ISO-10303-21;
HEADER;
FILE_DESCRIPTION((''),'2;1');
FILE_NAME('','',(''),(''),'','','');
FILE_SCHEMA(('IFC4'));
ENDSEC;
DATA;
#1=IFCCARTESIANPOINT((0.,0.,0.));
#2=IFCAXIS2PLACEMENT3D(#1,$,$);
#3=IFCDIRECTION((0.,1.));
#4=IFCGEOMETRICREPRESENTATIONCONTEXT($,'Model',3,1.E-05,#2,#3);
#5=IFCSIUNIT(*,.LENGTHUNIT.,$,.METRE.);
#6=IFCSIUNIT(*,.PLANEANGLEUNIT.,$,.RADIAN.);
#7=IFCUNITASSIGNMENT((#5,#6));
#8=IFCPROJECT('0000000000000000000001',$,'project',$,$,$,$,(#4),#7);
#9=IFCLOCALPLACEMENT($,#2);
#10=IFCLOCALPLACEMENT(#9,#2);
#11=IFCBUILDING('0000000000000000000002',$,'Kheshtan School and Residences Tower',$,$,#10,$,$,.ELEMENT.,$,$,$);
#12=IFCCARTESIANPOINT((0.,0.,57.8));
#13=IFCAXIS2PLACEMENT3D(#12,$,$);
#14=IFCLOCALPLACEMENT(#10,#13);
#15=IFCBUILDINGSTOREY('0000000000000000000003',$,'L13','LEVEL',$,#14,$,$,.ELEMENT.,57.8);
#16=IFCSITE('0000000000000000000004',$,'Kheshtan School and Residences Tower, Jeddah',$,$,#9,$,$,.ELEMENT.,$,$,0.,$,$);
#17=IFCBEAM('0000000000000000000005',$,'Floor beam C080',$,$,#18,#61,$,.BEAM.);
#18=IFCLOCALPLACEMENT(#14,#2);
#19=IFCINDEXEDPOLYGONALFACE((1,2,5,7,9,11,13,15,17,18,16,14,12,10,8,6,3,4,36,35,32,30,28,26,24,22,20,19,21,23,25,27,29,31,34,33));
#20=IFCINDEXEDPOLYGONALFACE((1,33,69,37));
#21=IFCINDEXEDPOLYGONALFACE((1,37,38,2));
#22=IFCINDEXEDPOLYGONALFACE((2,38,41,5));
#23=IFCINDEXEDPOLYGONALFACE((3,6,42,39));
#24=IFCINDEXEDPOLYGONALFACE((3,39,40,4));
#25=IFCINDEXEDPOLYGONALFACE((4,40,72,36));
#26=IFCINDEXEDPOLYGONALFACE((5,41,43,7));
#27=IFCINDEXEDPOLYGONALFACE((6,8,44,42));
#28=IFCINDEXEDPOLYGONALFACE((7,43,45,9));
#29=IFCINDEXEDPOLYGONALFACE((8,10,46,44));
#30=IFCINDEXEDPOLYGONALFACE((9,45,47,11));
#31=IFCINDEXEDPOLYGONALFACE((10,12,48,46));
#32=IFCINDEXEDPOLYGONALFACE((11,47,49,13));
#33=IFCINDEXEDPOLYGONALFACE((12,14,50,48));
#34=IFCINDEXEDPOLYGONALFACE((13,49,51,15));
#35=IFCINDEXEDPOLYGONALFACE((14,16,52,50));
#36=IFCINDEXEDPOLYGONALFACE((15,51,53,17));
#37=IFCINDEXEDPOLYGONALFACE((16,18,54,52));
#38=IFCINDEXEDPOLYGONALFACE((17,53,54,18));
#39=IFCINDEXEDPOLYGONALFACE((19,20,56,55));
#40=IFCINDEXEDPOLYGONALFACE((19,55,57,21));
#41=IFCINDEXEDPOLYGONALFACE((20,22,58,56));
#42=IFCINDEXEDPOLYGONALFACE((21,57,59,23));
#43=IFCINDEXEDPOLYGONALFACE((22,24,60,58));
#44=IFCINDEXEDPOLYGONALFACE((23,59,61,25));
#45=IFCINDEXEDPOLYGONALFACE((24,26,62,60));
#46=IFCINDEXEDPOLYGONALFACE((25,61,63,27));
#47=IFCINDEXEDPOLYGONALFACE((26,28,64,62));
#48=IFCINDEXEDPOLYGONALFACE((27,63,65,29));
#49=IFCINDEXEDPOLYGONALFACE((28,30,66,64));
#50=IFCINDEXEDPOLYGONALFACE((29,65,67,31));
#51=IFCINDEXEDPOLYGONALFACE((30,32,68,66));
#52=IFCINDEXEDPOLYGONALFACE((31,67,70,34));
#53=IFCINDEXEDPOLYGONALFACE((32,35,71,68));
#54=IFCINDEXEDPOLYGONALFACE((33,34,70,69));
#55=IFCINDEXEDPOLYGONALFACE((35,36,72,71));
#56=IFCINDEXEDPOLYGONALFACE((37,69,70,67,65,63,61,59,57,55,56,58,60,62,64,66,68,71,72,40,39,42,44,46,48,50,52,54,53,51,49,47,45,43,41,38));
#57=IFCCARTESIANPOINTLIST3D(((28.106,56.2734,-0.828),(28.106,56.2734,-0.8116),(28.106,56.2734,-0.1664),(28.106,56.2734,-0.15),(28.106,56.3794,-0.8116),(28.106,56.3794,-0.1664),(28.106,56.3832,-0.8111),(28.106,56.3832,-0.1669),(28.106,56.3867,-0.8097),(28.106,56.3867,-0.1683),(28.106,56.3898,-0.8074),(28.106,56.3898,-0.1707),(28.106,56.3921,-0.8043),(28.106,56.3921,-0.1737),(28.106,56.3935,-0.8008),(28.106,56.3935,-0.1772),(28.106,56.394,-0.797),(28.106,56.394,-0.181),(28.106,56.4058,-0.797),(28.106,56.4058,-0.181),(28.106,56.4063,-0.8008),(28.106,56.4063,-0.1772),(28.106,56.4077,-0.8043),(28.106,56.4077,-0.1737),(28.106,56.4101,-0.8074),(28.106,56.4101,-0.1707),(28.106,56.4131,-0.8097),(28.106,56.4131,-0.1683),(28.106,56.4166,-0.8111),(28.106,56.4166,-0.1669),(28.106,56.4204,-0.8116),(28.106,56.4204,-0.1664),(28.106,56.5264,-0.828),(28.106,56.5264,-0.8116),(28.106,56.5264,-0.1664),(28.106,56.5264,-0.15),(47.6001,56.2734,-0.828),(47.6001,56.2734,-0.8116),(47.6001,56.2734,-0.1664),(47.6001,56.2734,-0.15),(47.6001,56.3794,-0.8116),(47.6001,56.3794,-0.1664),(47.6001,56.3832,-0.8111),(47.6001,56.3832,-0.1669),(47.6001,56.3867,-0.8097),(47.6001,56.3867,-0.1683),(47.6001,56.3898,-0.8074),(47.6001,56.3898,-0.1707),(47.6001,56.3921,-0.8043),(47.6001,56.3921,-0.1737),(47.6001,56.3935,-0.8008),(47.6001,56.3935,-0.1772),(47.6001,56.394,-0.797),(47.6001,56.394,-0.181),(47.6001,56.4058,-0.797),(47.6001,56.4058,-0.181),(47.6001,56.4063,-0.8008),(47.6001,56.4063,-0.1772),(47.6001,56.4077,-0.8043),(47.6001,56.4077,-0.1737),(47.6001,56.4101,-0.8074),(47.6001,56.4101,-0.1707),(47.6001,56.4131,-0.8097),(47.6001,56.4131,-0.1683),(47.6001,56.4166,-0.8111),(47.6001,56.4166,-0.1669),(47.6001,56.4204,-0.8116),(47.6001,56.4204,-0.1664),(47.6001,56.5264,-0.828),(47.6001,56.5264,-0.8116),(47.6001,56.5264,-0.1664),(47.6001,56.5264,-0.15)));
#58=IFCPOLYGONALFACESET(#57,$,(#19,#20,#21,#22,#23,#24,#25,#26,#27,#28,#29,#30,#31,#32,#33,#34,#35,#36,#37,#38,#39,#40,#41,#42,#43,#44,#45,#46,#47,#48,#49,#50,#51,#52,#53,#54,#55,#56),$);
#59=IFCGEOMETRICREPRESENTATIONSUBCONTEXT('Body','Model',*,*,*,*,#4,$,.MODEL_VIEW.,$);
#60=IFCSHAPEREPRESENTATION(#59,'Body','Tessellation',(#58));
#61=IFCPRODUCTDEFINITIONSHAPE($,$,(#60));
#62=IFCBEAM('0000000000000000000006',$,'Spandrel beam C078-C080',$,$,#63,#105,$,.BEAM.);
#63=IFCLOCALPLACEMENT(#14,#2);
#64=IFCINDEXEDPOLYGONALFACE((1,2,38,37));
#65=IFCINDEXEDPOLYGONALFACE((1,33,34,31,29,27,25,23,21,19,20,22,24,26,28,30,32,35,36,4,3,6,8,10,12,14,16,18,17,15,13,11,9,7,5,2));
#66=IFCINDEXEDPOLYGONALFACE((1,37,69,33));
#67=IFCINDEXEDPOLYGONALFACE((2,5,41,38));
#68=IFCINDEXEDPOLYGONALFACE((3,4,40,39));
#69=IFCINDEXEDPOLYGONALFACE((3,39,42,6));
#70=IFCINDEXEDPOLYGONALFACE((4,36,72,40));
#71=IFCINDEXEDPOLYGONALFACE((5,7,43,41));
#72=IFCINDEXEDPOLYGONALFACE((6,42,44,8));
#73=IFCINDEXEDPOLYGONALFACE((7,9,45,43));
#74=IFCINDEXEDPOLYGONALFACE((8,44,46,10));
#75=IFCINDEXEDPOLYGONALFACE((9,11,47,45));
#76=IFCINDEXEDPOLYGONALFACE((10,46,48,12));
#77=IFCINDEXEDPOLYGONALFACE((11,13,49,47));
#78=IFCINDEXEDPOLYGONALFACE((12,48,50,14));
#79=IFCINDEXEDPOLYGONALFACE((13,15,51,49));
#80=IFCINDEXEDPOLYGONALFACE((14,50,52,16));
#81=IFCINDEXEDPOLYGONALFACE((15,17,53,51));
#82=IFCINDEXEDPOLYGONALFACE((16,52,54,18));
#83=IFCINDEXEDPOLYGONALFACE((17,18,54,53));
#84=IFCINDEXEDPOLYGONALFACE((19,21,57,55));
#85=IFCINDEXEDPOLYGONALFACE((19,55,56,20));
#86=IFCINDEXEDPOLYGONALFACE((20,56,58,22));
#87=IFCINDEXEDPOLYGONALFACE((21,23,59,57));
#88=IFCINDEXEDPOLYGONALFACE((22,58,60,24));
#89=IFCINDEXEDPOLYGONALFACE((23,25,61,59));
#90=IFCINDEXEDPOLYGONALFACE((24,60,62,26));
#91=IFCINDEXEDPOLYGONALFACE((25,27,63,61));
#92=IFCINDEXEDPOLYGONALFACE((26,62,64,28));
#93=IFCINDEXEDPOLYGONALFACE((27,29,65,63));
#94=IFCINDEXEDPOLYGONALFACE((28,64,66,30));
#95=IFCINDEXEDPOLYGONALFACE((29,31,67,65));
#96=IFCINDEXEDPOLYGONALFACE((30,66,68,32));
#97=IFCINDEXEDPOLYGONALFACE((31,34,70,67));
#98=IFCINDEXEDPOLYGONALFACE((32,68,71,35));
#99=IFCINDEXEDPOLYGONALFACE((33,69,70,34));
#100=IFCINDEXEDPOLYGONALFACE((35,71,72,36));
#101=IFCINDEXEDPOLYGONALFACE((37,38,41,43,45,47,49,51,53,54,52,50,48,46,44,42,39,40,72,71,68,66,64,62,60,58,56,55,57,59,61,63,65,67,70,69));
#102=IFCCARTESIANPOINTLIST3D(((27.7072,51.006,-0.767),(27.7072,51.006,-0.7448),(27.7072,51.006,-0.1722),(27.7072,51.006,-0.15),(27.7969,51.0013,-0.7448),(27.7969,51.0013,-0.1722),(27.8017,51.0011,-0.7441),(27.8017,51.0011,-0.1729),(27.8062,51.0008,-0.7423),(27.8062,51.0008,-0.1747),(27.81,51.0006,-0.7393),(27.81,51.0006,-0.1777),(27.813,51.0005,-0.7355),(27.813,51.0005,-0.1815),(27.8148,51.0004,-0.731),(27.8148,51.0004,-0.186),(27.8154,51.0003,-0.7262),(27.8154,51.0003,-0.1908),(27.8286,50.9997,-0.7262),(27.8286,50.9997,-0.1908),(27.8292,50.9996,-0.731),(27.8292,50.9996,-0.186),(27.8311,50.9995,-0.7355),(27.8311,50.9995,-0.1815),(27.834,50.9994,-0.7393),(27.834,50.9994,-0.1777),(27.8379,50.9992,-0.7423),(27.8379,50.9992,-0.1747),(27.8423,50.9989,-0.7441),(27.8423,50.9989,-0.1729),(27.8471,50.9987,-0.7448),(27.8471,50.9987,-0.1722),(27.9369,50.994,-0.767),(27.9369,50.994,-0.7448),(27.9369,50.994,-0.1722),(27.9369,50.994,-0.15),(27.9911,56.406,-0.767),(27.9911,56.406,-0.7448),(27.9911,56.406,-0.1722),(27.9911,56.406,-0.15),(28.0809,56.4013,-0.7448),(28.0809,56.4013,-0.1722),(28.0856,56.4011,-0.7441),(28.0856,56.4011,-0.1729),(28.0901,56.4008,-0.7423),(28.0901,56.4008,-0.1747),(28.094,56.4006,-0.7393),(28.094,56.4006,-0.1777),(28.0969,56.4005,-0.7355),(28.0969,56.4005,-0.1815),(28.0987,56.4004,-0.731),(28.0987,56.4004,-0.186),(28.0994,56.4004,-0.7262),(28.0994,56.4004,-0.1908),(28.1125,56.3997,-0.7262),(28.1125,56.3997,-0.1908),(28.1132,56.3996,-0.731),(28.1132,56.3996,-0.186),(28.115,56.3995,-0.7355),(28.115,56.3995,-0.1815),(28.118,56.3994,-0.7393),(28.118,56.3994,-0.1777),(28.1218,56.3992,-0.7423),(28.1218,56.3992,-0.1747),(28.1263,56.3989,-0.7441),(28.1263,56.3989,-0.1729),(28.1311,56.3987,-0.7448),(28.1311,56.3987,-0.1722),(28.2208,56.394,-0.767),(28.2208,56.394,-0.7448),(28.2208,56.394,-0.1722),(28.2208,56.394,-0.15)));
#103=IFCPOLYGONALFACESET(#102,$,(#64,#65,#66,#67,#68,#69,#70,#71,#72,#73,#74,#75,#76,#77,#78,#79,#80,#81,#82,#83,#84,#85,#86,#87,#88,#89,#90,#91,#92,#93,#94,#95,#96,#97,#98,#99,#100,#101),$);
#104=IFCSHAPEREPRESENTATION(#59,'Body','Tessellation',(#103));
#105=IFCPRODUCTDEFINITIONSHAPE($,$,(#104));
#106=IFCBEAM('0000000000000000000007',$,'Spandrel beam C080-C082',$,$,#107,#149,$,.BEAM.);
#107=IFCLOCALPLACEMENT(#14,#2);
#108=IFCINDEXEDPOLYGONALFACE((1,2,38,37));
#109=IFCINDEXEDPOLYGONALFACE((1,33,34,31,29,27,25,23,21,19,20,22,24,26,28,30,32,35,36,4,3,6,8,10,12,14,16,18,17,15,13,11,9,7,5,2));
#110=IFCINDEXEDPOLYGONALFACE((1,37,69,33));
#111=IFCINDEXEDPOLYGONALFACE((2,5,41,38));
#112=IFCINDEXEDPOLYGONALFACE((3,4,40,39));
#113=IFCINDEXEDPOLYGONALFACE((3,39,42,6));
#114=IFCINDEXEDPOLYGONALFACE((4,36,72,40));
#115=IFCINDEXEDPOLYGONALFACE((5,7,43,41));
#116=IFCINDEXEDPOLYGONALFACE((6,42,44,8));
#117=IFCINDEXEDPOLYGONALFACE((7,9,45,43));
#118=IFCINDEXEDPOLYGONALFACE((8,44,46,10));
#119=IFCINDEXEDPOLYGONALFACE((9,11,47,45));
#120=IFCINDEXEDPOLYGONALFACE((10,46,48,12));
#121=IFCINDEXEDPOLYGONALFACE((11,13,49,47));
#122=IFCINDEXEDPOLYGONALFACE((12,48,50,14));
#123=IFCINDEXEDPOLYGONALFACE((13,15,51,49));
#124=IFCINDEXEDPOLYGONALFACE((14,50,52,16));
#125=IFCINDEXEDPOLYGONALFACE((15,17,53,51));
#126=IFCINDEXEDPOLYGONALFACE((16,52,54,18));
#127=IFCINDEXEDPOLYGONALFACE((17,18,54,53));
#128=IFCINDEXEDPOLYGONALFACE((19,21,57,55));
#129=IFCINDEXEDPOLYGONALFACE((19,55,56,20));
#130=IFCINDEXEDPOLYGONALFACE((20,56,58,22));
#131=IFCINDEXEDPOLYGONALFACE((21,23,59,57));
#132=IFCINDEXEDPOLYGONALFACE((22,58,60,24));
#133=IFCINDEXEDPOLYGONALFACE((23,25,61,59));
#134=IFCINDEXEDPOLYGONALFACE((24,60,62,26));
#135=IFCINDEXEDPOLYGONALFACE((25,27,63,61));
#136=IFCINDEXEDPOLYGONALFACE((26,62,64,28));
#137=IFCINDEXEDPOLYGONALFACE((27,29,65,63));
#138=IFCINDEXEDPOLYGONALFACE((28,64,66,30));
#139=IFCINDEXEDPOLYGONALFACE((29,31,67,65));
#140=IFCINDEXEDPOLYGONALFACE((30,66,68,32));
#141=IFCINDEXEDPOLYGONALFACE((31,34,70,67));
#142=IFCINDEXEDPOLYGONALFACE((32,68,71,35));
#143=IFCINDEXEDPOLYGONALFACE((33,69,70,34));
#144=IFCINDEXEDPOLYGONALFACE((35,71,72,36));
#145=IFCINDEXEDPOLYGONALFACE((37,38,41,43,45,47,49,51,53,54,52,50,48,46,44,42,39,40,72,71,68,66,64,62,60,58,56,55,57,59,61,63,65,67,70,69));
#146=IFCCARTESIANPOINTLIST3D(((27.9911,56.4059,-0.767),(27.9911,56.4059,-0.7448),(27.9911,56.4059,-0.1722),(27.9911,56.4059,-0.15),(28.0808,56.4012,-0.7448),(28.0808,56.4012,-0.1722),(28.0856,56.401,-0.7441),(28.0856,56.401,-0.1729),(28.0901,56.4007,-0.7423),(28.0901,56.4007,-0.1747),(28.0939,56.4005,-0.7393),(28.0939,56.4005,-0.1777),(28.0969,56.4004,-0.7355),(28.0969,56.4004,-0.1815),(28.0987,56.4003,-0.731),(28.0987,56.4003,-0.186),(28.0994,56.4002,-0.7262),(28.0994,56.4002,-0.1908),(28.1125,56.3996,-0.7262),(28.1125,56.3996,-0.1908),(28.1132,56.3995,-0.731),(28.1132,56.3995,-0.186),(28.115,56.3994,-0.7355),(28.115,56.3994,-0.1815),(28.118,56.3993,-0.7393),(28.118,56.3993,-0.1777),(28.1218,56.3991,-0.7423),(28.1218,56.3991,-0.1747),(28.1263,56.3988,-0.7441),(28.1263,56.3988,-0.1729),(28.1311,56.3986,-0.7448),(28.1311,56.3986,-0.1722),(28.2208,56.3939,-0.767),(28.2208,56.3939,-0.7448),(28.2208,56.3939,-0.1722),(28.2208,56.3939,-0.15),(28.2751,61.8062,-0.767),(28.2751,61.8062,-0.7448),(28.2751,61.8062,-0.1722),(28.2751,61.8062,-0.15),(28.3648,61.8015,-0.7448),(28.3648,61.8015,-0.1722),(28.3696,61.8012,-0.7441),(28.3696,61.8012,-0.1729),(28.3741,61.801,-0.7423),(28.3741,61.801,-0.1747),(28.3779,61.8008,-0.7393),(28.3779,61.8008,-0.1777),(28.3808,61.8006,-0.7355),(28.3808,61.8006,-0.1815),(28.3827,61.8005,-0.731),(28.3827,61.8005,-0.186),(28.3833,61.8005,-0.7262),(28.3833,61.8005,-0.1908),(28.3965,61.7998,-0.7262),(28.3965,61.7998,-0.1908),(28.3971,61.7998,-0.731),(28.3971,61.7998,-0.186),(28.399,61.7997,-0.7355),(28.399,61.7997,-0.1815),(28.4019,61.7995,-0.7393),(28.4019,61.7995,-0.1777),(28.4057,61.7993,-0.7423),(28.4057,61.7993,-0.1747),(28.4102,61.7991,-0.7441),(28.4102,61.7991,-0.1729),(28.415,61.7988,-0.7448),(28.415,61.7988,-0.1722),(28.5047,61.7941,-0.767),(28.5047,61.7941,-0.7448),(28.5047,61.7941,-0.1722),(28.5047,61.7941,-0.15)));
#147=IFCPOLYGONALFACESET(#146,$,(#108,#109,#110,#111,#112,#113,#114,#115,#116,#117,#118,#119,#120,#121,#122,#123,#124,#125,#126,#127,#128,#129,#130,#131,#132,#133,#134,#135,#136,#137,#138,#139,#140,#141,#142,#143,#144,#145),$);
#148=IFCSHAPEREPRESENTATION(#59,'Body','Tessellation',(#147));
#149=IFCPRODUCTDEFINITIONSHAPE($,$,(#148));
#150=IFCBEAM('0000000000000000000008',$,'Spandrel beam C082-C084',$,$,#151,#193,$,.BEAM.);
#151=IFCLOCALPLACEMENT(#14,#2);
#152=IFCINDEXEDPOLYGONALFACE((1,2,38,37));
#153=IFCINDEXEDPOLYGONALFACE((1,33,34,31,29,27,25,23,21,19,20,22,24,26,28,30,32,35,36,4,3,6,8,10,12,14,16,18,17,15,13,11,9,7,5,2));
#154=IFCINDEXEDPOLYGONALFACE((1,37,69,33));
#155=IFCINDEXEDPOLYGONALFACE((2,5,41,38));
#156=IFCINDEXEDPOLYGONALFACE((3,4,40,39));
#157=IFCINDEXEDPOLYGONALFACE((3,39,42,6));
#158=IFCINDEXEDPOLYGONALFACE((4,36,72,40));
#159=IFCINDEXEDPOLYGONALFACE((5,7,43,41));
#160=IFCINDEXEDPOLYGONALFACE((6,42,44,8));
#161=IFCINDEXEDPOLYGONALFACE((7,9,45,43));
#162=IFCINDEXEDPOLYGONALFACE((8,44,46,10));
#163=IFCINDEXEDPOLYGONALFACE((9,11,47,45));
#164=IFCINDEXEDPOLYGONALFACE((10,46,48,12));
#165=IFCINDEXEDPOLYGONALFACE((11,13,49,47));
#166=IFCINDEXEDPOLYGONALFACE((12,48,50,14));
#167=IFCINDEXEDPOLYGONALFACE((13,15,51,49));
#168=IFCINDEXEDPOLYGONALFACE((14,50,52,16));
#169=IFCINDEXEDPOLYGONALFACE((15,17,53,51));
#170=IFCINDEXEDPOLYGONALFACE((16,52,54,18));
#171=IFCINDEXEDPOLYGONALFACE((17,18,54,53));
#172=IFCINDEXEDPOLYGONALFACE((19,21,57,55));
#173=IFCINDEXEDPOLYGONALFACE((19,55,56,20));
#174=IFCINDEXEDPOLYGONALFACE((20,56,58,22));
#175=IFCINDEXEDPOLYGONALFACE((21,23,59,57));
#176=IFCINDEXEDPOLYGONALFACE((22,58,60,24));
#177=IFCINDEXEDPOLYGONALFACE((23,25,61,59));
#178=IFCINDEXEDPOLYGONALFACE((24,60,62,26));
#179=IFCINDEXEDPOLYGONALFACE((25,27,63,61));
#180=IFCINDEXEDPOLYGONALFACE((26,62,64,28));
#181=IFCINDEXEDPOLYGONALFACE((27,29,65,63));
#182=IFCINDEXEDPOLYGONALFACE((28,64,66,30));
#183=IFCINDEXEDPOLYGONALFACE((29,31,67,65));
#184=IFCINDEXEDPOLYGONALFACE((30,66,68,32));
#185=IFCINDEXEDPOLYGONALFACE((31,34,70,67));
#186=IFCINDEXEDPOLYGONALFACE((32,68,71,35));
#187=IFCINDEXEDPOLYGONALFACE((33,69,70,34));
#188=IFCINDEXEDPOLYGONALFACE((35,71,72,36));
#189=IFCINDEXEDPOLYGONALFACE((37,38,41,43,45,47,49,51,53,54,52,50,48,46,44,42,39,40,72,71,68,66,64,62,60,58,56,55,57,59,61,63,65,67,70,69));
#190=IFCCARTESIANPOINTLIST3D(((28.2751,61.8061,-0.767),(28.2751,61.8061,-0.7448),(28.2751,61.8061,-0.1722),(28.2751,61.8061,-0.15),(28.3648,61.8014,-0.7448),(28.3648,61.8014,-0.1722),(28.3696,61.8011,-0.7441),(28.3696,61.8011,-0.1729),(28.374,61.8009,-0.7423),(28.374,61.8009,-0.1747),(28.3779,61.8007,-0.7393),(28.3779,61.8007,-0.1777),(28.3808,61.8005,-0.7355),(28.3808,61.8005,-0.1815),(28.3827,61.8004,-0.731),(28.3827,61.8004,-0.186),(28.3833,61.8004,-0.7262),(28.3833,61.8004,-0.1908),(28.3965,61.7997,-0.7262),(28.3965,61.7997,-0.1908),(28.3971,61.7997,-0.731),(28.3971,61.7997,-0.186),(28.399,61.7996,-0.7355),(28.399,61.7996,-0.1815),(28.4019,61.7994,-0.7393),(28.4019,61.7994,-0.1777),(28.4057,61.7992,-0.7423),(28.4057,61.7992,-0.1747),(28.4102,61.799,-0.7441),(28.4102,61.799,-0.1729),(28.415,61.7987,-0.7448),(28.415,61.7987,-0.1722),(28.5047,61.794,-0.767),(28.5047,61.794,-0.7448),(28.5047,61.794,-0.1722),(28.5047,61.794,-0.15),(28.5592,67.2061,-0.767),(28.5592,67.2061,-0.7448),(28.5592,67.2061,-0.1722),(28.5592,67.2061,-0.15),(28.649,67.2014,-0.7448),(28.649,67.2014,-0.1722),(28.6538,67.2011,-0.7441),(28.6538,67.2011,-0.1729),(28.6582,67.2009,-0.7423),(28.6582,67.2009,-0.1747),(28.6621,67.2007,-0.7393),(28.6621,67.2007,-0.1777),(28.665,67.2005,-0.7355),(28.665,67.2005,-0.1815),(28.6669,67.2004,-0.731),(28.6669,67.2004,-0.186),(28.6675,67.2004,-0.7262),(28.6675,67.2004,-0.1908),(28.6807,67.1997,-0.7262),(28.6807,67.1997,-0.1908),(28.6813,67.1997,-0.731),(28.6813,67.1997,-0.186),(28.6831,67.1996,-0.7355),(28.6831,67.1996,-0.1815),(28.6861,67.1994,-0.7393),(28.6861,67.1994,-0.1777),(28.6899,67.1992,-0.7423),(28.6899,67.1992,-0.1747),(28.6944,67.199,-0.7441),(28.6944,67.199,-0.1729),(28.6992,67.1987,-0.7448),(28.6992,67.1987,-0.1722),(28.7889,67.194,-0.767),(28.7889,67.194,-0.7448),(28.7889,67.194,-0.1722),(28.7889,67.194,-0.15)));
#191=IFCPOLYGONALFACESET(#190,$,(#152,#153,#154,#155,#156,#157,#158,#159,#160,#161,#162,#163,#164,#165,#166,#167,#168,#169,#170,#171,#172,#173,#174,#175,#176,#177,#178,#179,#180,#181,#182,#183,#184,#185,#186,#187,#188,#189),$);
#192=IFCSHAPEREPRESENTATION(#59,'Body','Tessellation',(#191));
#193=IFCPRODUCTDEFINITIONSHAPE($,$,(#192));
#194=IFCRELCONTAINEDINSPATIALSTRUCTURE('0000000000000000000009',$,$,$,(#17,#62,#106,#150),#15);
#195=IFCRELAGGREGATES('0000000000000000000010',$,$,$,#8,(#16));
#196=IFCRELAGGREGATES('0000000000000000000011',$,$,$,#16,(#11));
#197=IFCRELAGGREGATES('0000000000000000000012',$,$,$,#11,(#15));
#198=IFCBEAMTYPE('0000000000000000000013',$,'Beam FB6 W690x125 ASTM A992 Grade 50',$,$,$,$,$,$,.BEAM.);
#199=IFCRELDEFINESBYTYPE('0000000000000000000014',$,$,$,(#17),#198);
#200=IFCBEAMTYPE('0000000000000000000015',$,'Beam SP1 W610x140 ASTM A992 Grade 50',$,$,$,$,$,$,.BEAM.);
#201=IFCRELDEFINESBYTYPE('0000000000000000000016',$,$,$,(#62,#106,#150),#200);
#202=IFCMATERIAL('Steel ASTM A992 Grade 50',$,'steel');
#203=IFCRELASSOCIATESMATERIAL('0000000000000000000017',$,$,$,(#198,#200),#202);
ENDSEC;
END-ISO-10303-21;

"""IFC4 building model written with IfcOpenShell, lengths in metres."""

from ifc_helpers import new_model, si_unit, direction, frame, origin, origin_2d, place, context, subcontext, project, spatial, i_section, extrude, material, material_profile, profile_set, type_object, element, save


model = new_model("IFC4")

# Units and contexts
model_context = context("Model", 3, precision=1e-05, world=origin(), true_north=direction((0.0, 1.0)))
body_context = subcontext(model_context, "Body", "Model", "MODEL_VIEW")
ifc_project = project(units=[si_unit("LENGTHUNIT", "METRE"), si_unit("PLANEANGLEUNIT", "RADIAN")], contexts=[model_context])

# Site, building, storey
site_placement = place(None, origin())
site = spatial("IfcSite", under=ifc_project, at=site_placement, Name="Kheshtan School and Residences Tower, Jeddah", CompositionType="ELEMENT", RefElevation=0.0)
building_placement = place(site_placement, origin())
building = spatial("IfcBuilding", under=site, at=building_placement, Name="Kheshtan School and Residences Tower", CompositionType="ELEMENT")
storey_placement = place(building_placement, frame((0.0, 0.0, 57.8)))
storey = spatial("IfcBuildingStorey", under=building, at=storey_placement, Name="L13", Description="LEVEL", CompositionType="ELEMENT", Elevation=57.8)

# Shared definitions
ifc_material_1 = material(Name="Steel ASTM A992 Grade 50", Category="steel")

# Beams
ifc_material_profile_1 = material_profile(ifc_material_1, i_section(OverallWidth=0.2529, OverallDepth=0.678, WebThickness=0.0117, FlangeThickness=0.0164, FilletRadius=0.0146, at=origin_2d()), Name="W690x125")
ifc_profile_set_1 = profile_set([ifc_material_profile_1], Name="Steel ASTM A992 Grade 50")
beam_type_1 = type_object("IfcBeamType", Name="Beam FB6 W690x125 ASTM A992 Grade 50", PredefinedType="BEAM", material=ifc_profile_set_1)
beam_1_placement = place(storey_placement, frame((28.106, 56.3999, -0.489), z_axis=(1.0, 0.0, 0.0), x_axis=(0.0, 1.0, 0.0)))
element("IfcBeam", 1, at=beam_1_placement, inside=storey, type_object=beam_type_1, Name="Floor beam C080", PredefinedType="BEAM", context=body_context, shape_type="SweptSolid", body=[
    extrude(i_section(OverallWidth=0.2529, OverallDepth=0.678, WebThickness=0.0117, FlangeThickness=0.0164, FilletRadius=0.0146, at=origin_2d()), origin(), (0.0, 0.0, 1.0), 19.4941),
])
ifc_material_profile_2 = material_profile(ifc_material_1, i_section(OverallWidth=0.23, OverallDepth=0.6169, WebThickness=0.0132, FlangeThickness=0.0222, FilletRadius=0.0186, at=origin_2d()), Name="W610x140")
ifc_profile_set_2 = profile_set([ifc_material_profile_2], Name="Steel ASTM A992 Grade 50")
beam_type_2 = type_object("IfcBeamType", Name="Beam SP1 W610x140 ASTM A992 Grade 50", PredefinedType="BEAM", material=ifc_profile_set_2)
beam_2_placement = place(storey_placement, frame((27.822, 51.0, -0.4585), z_axis=(0.052509, 0.99862, 0.0), x_axis=(-0.99862, 0.052509, 0.0)))
element("IfcBeam", 2, at=beam_2_placement, inside=storey, type_object=beam_type_2, Name="Spandrel beam C078-C080", PredefinedType="BEAM", context=body_context, shape_type="SweptSolid", body=[
    extrude(i_section(OverallWidth=0.23, OverallDepth=0.6169, WebThickness=0.0132, FlangeThickness=0.0222, FilletRadius=0.0186, at=origin_2d()), origin(), (0.0, 0.0, 1.0), 5.4075),
])
beam_3_placement = place(storey_placement, frame((28.106, 56.3999, -0.4585), z_axis=(0.052507, 0.998621, 0.0), x_axis=(-0.998621, 0.052507, 0.0)))
element("IfcBeam", 3, at=beam_3_placement, inside=storey, type_object=beam_type_2, Name="Spandrel beam C080-C082", PredefinedType="BEAM", context=body_context, shape_type="SweptSolid", body=[
    extrude(i_section(OverallWidth=0.23, OverallDepth=0.6169, WebThickness=0.0132, FlangeThickness=0.0222, FilletRadius=0.0186, at=origin_2d()), origin(), (0.0, 0.0, 1.0), 5.4077),
])
beam_4_placement = place(storey_placement, frame((28.3899, 61.8, -0.4585), z_axis=(0.052554, 0.998618, 0.0), x_axis=(-0.998618, 0.052554, 0.0)))
element("IfcBeam", 4, at=beam_4_placement, inside=storey, type_object=beam_type_2, Name="Spandrel beam C082-C084", PredefinedType="BEAM", context=body_context, shape_type="SweptSolid", body=[
    extrude(i_section(OverallWidth=0.23, OverallDepth=0.6169, WebThickness=0.0132, FlangeThickness=0.0222, FilletRadius=0.0186, at=origin_2d()), origin(), (0.0, 0.0, 1.0), 5.4075),
])

save(model, "model.ifc")
